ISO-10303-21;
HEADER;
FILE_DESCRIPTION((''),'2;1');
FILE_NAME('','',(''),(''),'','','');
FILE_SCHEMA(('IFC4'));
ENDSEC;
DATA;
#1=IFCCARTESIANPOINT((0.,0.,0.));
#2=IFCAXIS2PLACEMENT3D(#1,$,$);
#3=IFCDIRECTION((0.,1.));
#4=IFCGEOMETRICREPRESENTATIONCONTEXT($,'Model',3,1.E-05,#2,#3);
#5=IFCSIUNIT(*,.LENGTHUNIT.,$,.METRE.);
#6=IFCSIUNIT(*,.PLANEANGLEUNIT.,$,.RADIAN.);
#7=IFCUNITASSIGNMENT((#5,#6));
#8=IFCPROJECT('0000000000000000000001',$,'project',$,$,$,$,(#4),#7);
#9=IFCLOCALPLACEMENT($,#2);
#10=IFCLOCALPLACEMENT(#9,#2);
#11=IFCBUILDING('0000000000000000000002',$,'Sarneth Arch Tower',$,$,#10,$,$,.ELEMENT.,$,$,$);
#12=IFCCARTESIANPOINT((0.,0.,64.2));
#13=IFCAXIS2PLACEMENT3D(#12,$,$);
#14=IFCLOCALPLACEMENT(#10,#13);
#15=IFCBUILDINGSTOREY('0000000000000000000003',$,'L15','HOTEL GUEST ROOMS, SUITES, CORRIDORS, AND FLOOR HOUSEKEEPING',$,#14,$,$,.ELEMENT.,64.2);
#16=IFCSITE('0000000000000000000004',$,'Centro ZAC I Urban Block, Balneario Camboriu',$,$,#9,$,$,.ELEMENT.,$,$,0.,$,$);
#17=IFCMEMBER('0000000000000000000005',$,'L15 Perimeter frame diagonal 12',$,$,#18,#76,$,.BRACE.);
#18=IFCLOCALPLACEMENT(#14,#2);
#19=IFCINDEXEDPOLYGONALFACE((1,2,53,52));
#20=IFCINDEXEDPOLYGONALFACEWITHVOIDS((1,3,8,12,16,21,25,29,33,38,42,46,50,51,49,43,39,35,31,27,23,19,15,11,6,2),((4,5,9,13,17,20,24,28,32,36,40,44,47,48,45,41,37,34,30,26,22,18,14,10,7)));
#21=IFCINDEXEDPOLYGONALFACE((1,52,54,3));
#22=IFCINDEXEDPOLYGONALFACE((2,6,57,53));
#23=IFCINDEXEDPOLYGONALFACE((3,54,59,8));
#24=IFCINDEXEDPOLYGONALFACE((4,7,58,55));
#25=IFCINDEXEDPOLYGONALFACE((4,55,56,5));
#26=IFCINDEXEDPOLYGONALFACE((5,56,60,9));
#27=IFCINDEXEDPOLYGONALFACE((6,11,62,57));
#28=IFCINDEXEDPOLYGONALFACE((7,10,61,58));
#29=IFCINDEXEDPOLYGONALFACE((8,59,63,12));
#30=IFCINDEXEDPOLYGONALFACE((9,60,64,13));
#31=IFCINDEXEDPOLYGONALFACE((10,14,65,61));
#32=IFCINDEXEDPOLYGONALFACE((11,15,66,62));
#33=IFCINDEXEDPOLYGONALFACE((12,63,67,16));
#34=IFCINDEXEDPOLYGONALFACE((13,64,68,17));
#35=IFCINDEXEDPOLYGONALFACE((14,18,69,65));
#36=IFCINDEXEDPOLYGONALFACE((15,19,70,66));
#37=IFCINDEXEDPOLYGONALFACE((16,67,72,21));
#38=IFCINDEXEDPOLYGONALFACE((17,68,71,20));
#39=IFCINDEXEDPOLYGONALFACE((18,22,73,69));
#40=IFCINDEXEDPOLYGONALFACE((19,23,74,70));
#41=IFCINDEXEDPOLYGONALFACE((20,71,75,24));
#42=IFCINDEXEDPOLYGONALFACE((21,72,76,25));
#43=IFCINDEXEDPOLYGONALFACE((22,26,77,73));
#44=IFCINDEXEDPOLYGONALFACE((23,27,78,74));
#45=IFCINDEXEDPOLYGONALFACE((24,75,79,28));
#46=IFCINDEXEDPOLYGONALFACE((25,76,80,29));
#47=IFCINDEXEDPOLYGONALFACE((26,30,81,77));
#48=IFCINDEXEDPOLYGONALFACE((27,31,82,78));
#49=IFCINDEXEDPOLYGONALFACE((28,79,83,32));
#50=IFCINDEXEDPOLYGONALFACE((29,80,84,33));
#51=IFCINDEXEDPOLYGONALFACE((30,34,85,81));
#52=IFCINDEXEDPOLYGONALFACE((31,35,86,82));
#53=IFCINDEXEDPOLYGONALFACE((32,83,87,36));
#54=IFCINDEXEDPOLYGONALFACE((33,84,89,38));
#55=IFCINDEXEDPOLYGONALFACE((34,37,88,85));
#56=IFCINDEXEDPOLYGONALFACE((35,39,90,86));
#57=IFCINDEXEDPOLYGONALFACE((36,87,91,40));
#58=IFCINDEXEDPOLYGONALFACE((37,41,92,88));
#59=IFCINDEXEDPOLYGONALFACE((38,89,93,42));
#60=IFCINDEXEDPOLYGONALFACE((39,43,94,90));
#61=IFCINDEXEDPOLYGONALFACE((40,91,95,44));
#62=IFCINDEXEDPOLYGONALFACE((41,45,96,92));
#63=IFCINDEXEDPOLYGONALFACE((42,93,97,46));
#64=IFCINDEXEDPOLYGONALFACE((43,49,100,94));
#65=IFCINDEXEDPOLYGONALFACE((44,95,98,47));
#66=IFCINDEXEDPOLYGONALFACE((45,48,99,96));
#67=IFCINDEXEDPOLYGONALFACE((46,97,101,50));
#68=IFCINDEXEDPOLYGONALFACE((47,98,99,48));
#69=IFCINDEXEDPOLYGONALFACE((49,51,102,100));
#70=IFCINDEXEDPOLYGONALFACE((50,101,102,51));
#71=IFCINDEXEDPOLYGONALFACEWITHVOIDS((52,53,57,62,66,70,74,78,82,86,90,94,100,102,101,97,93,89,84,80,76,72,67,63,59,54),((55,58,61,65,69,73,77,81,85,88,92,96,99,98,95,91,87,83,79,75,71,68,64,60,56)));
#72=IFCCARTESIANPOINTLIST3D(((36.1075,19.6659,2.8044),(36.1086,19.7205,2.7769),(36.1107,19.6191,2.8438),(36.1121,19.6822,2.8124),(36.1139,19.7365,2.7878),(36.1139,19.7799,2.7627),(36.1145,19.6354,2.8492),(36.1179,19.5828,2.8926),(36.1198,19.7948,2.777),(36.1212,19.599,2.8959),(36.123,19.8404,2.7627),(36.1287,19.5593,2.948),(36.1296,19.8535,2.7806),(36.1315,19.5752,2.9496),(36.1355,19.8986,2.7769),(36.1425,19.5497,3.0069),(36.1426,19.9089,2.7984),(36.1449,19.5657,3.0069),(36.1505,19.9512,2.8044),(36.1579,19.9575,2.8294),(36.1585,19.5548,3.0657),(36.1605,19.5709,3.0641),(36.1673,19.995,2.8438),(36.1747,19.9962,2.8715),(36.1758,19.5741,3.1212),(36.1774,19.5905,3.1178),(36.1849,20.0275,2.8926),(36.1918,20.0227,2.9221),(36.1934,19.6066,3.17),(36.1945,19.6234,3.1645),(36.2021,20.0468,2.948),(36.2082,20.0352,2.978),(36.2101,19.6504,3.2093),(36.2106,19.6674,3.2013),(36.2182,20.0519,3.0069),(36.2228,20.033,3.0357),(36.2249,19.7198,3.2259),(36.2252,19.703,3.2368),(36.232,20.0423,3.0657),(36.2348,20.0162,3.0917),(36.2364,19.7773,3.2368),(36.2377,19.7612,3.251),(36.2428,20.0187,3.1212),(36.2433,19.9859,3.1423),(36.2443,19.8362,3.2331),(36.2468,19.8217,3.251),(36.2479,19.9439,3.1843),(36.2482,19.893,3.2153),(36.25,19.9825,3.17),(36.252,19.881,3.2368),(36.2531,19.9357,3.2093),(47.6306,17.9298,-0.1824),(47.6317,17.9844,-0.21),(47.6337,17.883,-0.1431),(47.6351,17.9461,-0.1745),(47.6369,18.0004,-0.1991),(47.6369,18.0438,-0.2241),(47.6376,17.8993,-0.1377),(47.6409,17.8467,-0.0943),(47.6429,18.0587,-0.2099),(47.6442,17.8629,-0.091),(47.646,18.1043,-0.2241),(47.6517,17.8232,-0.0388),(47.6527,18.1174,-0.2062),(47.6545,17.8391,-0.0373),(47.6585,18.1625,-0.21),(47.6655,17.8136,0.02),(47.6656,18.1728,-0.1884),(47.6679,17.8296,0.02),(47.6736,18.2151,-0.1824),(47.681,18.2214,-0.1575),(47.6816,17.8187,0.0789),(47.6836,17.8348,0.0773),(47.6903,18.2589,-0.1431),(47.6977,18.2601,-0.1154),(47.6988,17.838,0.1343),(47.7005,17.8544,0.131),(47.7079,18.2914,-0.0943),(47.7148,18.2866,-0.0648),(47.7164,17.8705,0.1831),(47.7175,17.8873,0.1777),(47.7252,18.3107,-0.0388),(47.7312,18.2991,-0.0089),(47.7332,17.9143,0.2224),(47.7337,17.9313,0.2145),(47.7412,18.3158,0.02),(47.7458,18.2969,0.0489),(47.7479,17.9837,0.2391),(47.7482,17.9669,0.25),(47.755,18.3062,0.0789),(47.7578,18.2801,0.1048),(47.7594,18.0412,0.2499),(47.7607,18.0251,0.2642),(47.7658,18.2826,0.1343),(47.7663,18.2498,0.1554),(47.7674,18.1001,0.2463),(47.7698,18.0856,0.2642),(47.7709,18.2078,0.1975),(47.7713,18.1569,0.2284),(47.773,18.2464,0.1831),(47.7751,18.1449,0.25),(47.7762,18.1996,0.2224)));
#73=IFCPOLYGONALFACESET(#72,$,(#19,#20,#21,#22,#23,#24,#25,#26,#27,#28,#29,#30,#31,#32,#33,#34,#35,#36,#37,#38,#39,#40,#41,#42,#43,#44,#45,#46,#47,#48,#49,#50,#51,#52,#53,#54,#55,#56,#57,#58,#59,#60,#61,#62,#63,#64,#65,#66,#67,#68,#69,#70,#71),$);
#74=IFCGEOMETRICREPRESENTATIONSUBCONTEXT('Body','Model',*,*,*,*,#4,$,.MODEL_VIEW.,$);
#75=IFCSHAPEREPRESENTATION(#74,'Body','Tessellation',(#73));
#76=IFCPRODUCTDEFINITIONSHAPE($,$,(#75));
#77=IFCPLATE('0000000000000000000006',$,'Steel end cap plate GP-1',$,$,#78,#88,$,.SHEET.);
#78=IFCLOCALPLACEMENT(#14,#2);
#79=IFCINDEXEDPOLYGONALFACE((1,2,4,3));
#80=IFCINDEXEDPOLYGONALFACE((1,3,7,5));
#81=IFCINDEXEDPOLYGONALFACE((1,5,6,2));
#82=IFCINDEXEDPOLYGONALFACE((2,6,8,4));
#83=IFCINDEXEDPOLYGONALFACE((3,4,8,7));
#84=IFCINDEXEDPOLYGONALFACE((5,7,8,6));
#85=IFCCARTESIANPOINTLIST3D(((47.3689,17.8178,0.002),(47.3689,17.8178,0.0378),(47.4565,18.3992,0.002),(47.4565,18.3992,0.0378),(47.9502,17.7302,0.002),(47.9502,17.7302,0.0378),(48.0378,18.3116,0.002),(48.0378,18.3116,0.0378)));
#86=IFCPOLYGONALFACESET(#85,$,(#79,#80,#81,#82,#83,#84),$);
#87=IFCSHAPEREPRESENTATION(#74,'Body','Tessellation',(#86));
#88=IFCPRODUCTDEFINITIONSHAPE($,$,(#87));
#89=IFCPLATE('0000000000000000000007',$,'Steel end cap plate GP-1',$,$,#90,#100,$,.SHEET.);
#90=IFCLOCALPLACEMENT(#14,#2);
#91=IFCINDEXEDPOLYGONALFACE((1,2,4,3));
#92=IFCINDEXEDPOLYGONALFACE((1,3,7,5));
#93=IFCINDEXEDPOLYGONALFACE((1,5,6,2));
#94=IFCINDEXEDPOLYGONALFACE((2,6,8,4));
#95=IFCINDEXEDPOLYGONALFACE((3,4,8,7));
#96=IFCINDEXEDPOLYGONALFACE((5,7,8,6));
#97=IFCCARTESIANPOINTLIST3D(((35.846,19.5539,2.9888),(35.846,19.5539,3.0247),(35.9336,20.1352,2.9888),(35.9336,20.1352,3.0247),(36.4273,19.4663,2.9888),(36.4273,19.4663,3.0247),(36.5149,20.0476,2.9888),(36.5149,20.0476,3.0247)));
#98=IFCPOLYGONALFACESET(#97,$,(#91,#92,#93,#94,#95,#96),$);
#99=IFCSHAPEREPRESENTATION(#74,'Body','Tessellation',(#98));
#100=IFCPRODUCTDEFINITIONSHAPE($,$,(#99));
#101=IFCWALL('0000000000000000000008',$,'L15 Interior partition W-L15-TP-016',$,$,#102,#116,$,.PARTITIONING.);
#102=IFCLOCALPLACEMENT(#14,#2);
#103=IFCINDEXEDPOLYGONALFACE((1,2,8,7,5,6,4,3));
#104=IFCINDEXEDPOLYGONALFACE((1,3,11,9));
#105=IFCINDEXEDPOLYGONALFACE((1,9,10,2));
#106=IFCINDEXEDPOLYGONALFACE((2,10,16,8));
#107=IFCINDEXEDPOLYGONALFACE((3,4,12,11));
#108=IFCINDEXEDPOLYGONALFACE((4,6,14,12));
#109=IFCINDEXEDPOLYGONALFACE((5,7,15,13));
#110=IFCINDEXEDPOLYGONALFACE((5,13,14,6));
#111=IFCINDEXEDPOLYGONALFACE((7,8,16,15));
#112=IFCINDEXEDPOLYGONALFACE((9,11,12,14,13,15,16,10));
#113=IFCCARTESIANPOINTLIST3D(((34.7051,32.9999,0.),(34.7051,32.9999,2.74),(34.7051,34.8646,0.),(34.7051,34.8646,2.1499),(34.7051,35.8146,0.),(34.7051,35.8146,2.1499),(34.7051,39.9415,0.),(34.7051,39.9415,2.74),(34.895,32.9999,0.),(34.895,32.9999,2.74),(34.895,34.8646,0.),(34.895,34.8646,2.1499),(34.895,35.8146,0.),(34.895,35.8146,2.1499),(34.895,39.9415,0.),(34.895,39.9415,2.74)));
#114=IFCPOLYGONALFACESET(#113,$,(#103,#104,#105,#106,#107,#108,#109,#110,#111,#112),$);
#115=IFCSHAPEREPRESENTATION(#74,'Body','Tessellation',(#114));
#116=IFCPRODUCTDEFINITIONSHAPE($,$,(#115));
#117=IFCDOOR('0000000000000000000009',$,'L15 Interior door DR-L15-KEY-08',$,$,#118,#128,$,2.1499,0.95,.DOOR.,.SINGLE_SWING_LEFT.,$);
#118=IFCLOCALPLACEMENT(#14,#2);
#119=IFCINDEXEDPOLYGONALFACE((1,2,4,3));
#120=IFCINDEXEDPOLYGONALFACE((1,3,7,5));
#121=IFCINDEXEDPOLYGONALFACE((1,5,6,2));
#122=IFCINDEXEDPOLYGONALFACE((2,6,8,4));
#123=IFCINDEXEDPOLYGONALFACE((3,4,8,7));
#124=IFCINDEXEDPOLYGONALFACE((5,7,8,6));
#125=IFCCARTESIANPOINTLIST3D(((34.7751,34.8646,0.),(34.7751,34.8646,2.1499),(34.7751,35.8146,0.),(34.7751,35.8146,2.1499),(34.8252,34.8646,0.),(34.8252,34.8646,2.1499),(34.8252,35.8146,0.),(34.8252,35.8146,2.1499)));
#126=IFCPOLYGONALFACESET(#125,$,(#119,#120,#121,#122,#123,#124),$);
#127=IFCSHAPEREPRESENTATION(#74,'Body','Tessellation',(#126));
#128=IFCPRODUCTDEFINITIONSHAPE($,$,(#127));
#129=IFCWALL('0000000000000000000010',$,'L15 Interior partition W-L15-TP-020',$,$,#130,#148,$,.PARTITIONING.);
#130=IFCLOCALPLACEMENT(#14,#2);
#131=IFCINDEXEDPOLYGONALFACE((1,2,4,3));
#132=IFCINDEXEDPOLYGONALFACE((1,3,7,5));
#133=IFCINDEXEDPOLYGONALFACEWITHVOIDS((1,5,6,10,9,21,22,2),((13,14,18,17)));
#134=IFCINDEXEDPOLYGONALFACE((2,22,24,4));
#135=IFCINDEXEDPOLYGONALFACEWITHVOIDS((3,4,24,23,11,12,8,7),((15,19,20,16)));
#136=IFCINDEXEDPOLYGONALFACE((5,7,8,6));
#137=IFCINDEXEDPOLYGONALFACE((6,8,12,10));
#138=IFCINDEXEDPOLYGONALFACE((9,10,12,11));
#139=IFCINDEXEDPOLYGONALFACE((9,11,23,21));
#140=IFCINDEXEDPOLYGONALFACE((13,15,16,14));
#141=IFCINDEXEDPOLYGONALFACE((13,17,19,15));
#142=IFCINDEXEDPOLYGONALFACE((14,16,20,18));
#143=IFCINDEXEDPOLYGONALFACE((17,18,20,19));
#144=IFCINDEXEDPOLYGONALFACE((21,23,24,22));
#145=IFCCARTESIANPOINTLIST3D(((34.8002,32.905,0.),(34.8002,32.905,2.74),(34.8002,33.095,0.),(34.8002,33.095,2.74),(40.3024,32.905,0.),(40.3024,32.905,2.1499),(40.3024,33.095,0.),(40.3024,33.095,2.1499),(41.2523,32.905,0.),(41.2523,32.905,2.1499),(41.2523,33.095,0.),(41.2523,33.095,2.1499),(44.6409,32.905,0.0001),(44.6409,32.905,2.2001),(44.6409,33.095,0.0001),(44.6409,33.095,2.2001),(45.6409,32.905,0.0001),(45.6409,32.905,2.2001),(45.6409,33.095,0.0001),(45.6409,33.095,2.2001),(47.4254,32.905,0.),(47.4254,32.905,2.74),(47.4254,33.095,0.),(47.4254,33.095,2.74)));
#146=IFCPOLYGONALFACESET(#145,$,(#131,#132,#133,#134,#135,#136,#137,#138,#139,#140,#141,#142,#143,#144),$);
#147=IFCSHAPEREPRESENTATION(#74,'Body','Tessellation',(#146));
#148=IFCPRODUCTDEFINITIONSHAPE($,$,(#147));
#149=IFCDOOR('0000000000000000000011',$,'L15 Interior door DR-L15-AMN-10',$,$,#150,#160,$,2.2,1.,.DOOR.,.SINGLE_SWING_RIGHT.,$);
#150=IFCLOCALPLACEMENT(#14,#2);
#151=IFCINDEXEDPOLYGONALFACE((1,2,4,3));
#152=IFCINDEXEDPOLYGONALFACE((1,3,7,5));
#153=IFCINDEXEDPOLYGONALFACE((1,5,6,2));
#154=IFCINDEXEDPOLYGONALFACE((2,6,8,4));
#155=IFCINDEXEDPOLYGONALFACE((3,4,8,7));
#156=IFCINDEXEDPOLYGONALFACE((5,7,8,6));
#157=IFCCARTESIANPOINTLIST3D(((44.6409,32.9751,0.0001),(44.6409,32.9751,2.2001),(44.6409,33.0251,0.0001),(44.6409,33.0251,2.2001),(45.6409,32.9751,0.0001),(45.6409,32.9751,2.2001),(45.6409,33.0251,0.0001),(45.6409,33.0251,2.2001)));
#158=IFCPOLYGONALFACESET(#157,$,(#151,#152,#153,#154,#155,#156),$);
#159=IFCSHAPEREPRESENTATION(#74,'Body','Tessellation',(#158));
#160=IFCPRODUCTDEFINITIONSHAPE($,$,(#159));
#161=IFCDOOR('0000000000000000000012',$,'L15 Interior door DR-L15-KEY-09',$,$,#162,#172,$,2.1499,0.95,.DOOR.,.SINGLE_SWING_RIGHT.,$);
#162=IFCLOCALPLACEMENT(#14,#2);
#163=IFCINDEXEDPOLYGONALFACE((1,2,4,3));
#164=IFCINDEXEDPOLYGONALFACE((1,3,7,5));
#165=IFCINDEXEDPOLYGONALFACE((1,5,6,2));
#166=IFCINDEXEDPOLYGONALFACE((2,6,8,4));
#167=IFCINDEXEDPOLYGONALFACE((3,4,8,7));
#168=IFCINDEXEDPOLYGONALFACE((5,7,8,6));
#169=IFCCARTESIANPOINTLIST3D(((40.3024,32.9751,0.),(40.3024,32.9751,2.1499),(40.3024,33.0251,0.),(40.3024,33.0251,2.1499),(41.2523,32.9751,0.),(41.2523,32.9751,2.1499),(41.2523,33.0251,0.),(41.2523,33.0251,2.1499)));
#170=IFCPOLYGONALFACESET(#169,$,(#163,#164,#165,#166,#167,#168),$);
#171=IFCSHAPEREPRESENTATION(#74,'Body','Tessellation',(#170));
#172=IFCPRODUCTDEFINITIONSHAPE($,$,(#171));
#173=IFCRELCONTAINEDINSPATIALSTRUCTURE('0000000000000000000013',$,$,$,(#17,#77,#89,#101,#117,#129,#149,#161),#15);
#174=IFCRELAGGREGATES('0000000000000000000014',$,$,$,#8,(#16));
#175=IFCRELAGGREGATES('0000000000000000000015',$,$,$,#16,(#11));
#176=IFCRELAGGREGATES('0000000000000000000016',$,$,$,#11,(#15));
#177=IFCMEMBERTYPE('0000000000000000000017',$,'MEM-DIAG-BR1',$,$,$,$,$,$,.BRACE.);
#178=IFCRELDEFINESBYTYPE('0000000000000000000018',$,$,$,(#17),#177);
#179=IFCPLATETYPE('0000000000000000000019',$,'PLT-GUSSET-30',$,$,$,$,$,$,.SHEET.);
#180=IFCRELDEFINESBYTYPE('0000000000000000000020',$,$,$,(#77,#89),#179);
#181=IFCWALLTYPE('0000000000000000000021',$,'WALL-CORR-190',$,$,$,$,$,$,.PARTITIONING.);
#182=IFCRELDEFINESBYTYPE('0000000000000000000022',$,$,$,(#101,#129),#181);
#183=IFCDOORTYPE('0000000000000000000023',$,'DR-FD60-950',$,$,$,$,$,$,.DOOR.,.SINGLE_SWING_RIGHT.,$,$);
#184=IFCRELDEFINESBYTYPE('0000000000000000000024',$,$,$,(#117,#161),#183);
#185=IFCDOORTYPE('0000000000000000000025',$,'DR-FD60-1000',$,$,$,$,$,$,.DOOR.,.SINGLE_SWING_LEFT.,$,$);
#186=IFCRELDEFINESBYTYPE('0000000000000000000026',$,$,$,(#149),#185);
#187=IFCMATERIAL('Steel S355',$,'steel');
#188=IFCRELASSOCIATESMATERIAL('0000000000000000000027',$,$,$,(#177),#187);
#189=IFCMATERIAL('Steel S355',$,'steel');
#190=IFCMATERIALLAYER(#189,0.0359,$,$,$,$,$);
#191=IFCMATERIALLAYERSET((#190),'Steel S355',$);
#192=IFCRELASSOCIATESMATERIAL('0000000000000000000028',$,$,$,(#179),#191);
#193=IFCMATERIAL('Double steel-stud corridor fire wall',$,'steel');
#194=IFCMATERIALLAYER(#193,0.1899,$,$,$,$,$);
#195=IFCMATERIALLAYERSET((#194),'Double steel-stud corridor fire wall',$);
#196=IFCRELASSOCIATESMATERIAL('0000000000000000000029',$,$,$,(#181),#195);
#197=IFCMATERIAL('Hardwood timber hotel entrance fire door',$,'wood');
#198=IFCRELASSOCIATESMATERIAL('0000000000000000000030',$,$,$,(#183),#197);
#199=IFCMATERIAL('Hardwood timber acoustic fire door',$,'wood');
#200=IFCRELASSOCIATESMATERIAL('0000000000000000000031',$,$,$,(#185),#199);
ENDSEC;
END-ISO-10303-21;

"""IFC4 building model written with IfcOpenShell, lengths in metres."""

from ifc_helpers import new_model, si_unit, direction, frame, frame_2d, origin, origin_2d, place, context, subcontext, project, spatial, rectangle, hollow_circle, extrude, material, layer, layer_set, material_profile, profile_set, type_object, element, fill, save


model = new_model("IFC4")

# Units and contexts
model_context = context("Model", 3, precision=1e-05, world=origin(), true_north=direction((0.0, 1.0)))
body_context = subcontext(model_context, "Body", "Model", "MODEL_VIEW")
ifc_project = project(units=[si_unit("LENGTHUNIT", "METRE"), si_unit("PLANEANGLEUNIT", "RADIAN")], contexts=[model_context])

# Site, building, storey
site_placement = place(None, origin())
site = spatial("IfcSite", under=ifc_project, at=site_placement, Name="Centro ZAC I Urban Block, Balneario Camboriu", CompositionType="ELEMENT", RefElevation=0.0)
building_placement = place(site_placement, origin())
building = spatial("IfcBuilding", under=site, at=building_placement, Name="Sarneth Arch Tower", CompositionType="ELEMENT")
storey_placement = place(building_placement, frame((0.0, 0.0, 64.2)))
storey = spatial("IfcBuildingStorey", under=building, at=storey_placement, Name="L15", Description="HOTEL GUEST ROOMS, SUITES, CORRIDORS, AND FLOOR HOUSEKEEPING", CompositionType="ELEMENT", Elevation=64.2)

# Member
ifc_material_1 = material(Name="Steel S355", Category="steel")
ifc_material_profile_1 = material_profile(ifc_material_1, hollow_circle(Radius=0.2539, WallThickness=0.0161, at=origin_2d()), Name="CHS508x16")
ifc_profile_set_1 = profile_set([ifc_material_profile_1], Name="Steel S355")
member_type_1 = type_object("IfcMemberType", Name="MEM-DIAG-BR1", PredefinedType="BRACE", material=ifc_profile_set_1)
member_1_placement = place(storey_placement, frame((47.7034, 18.0647, 0.02), z_axis=(-0.957876, 0.144317, 0.248287), x_axis=(-0.148982, -0.98884, 0.0)))
element("IfcMember", 1, at=member_1_placement, inside=storey, type_object=member_type_1, Name="L15 Perimeter frame diagonal 12", PredefinedType="BRACE", context=body_context, shape_type="SweptSolid", body=[
    extrude(hollow_circle(Radius=0.2539, WallThickness=0.0161, at=origin_2d()), origin(), (0.0, 0.0, 1.0), 12.0298),
])

# Plates
ifc_material_2 = material(Name="Steel S355", Category="steel")
ifc_layer_1 = layer(ifc_material_2, 0.0359)
ifc_layer_set_1 = layer_set([ifc_layer_1], Name="Steel S355")
plate_type = type_object("IfcPlateType", Name="PLT-GUSSET-30", PredefinedType="SHEET", material=ifc_layer_set_1)
for number, where, z_axis, x_axis, name in (
    (2, (47.7034, 18.0647, 0.002), (0.0, 0.0, 1.0), (0.988835, -0.149018, 0.0), "Steel end cap plate GP-1"),
    (3, (36.1804, 19.8008, 2.9888), (0.0, 0.0, 1.0), (0.988835, -0.149018, 0.0), "Steel end cap plate GP-1"),
):
    element("IfcPlate", number, at=place(storey_placement, frame(where, z_axis=z_axis, x_axis=x_axis)), inside=storey, type_object=plate_type, Name=name, PredefinedType="SHEET", context=body_context, shape_type="SweptSolid", body=[
        extrude(rectangle(XDim=0.5879, YDim=0.5879, at=origin_2d()), origin(), (0.0, 0.0, 1.0), 0.0359),
    ])

# Wall, opening, door
ifc_material_3 = material(Name="Double steel-stud corridor fire wall", Category="steel")
ifc_layer_2 = layer(ifc_material_3, 0.1899)
ifc_layer_set_2 = layer_set([ifc_layer_2], Name="Double steel-stud corridor fire wall")
wall_type_1 = type_object("IfcWallType", Name="WALL-CORR-190", PredefinedType="PARTITIONING", material=ifc_layer_set_2)
wall_1_placement = place(storey_placement, frame((34.8, 33.0, 0.0), z_axis=(0.0, 0.0, 1.0), x_axis=(0.0, 1.0, 0.0)))
wall_1 = element("IfcWall", 4, at=wall_1_placement, inside=storey, type_object=wall_type_1, Name="L15 Interior partition W-L15-TP-016", PredefinedType="PARTITIONING", context=body_context, shape_type="SweptSolid", body=[
    extrude(rectangle(XDim=6.9417, YDim=0.1899, at=frame_2d((3.4707, 0.0))), origin(), (0.0, 0.0, 1.0), 2.74),
])
opening_1_placement = place(wall_1_placement, frame((1.8645, 0.0, 0.0)))
opening_1 = element("IfcOpeningElement", 5, at=opening_1_placement, cuts=wall_1, PredefinedType="OPENING", context=body_context, shape_type="SweptSolid", body=[
    extrude(rectangle(XDim=0.95, YDim=2.1499, at=frame_2d((0.4751, 1.075))), frame((0.0, 0.105, 0.0), z_axis=(0.0, -1.0, 0.0), x_axis=(1.0, 0.0, 0.0)), (0.0, 0.0, 1.0), 0.21),
])
ifc_material_4 = material(Name="Hardwood timber hotel entrance fire door", Category="wood")
door_type_1 = type_object("IfcDoorType", Name="DR-FD60-950", OperationType="SINGLE_SWING_RIGHT", PredefinedType="DOOR", material=ifc_material_4)
door_1_placement = place(opening_1_placement, origin())
door_1 = element("IfcDoor", 6, at=door_1_placement, inside=storey, type_object=door_type_1, Name="L15 Interior door DR-L15-KEY-08", OperationType="SINGLE_SWING_LEFT", OverallHeight=2.1499, OverallWidth=0.95, PredefinedType="DOOR", context=body_context, shape_type="SweptSolid", body=[
    extrude(rectangle(XDim=0.95, YDim=2.1499, at=frame_2d((0.4751, 1.075))), frame((0.0, 0.0249, 0.0), z_axis=(0.0, -1.0, 0.0), x_axis=(1.0, 0.0, 0.0)), (0.0, 0.0, 1.0), 0.05),
])
fill(opening_1, door_1)

# Wall, openings, doors
wall_2_placement = place(storey_placement, frame((47.4253, 33.0, 0.0), z_axis=(0.0, 0.0, 1.0), x_axis=(-1.0, 0.0, 0.0)))
wall_2 = element("IfcWall", 7, at=wall_2_placement, inside=storey, type_object=wall_type_1, Name="L15 Interior partition W-L15-TP-020", PredefinedType="PARTITIONING", context=body_context, shape_type="SweptSolid", body=[
    extrude(rectangle(XDim=12.6252, YDim=0.1899, at=frame_2d((6.3125, 0.0))), origin(), (0.0, 0.0, 1.0), 2.74),
])
opening_2_placement = place(wall_2_placement, frame((1.7844, 0.0, 0.0)))
opening_2 = element("IfcOpeningElement", 8, at=opening_2_placement, cuts=wall_2, PredefinedType="OPENING", context=body_context, shape_type="SweptSolid", body=[
    extrude(rectangle(XDim=1.0, YDim=2.2, at=frame_2d((0.5, 1.1001))), frame((0.0, 0.105, 0.0), z_axis=(0.0, -1.0, 0.0), x_axis=(1.0, 0.0, 0.0)), (0.0, 0.0, 1.0), 0.21),
])
opening_3_placement = place(wall_2_placement, frame((6.1729, 0.0, 0.0)))
opening_3 = element("IfcOpeningElement", 9, at=opening_3_placement, cuts=wall_2, PredefinedType="OPENING", context=body_context, shape_type="SweptSolid", body=[
    extrude(rectangle(XDim=0.95, YDim=2.1499, at=frame_2d((0.4751, 1.075))), frame((0.0, 0.105, 0.0), z_axis=(0.0, -1.0, 0.0), x_axis=(1.0, 0.0, 0.0)), (0.0, 0.0, 1.0), 0.21),
])
ifc_material_5 = material(Name="Hardwood timber acoustic fire door", Category="wood")
door_type_2 = type_object("IfcDoorType", Name="DR-FD60-1000", OperationType="SINGLE_SWING_LEFT", PredefinedType="DOOR", material=ifc_material_5)
door_2_placement = place(opening_2_placement, origin())
door_2 = element("IfcDoor", 10, at=door_2_placement, inside=storey, type_object=door_type_2, Name="L15 Interior door DR-L15-AMN-10", OperationType="SINGLE_SWING_RIGHT", OverallHeight=2.2, OverallWidth=1.0, PredefinedType="DOOR", context=body_context, shape_type="SweptSolid", body=[
    extrude(rectangle(XDim=1.0, YDim=2.2, at=frame_2d((0.5, 1.1001))), frame((0.0, 0.0249, 0.0), z_axis=(0.0, -1.0, 0.0), x_axis=(1.0, 0.0, 0.0)), (0.0, 0.0, 1.0), 0.05),
])
fill(opening_2, door_2)
door_3_placement = place(opening_3_placement, origin())
door_3 = element("IfcDoor", 11, at=door_3_placement, inside=storey, type_object=door_type_1, Name="L15 Interior door DR-L15-KEY-09", OperationType="SINGLE_SWING_RIGHT", OverallHeight=2.1499, OverallWidth=0.95, PredefinedType="DOOR", context=body_context, shape_type="SweptSolid", body=[
    extrude(rectangle(XDim=0.95, YDim=2.1499, at=frame_2d((0.4751, 1.075))), frame((0.0, 0.0249, 0.0), z_axis=(0.0, -1.0, 0.0), x_axis=(1.0, 0.0, 0.0)), (0.0, 0.0, 1.0), 0.05),
])
fill(opening_3, door_3)

save(model, "model.ifc")
